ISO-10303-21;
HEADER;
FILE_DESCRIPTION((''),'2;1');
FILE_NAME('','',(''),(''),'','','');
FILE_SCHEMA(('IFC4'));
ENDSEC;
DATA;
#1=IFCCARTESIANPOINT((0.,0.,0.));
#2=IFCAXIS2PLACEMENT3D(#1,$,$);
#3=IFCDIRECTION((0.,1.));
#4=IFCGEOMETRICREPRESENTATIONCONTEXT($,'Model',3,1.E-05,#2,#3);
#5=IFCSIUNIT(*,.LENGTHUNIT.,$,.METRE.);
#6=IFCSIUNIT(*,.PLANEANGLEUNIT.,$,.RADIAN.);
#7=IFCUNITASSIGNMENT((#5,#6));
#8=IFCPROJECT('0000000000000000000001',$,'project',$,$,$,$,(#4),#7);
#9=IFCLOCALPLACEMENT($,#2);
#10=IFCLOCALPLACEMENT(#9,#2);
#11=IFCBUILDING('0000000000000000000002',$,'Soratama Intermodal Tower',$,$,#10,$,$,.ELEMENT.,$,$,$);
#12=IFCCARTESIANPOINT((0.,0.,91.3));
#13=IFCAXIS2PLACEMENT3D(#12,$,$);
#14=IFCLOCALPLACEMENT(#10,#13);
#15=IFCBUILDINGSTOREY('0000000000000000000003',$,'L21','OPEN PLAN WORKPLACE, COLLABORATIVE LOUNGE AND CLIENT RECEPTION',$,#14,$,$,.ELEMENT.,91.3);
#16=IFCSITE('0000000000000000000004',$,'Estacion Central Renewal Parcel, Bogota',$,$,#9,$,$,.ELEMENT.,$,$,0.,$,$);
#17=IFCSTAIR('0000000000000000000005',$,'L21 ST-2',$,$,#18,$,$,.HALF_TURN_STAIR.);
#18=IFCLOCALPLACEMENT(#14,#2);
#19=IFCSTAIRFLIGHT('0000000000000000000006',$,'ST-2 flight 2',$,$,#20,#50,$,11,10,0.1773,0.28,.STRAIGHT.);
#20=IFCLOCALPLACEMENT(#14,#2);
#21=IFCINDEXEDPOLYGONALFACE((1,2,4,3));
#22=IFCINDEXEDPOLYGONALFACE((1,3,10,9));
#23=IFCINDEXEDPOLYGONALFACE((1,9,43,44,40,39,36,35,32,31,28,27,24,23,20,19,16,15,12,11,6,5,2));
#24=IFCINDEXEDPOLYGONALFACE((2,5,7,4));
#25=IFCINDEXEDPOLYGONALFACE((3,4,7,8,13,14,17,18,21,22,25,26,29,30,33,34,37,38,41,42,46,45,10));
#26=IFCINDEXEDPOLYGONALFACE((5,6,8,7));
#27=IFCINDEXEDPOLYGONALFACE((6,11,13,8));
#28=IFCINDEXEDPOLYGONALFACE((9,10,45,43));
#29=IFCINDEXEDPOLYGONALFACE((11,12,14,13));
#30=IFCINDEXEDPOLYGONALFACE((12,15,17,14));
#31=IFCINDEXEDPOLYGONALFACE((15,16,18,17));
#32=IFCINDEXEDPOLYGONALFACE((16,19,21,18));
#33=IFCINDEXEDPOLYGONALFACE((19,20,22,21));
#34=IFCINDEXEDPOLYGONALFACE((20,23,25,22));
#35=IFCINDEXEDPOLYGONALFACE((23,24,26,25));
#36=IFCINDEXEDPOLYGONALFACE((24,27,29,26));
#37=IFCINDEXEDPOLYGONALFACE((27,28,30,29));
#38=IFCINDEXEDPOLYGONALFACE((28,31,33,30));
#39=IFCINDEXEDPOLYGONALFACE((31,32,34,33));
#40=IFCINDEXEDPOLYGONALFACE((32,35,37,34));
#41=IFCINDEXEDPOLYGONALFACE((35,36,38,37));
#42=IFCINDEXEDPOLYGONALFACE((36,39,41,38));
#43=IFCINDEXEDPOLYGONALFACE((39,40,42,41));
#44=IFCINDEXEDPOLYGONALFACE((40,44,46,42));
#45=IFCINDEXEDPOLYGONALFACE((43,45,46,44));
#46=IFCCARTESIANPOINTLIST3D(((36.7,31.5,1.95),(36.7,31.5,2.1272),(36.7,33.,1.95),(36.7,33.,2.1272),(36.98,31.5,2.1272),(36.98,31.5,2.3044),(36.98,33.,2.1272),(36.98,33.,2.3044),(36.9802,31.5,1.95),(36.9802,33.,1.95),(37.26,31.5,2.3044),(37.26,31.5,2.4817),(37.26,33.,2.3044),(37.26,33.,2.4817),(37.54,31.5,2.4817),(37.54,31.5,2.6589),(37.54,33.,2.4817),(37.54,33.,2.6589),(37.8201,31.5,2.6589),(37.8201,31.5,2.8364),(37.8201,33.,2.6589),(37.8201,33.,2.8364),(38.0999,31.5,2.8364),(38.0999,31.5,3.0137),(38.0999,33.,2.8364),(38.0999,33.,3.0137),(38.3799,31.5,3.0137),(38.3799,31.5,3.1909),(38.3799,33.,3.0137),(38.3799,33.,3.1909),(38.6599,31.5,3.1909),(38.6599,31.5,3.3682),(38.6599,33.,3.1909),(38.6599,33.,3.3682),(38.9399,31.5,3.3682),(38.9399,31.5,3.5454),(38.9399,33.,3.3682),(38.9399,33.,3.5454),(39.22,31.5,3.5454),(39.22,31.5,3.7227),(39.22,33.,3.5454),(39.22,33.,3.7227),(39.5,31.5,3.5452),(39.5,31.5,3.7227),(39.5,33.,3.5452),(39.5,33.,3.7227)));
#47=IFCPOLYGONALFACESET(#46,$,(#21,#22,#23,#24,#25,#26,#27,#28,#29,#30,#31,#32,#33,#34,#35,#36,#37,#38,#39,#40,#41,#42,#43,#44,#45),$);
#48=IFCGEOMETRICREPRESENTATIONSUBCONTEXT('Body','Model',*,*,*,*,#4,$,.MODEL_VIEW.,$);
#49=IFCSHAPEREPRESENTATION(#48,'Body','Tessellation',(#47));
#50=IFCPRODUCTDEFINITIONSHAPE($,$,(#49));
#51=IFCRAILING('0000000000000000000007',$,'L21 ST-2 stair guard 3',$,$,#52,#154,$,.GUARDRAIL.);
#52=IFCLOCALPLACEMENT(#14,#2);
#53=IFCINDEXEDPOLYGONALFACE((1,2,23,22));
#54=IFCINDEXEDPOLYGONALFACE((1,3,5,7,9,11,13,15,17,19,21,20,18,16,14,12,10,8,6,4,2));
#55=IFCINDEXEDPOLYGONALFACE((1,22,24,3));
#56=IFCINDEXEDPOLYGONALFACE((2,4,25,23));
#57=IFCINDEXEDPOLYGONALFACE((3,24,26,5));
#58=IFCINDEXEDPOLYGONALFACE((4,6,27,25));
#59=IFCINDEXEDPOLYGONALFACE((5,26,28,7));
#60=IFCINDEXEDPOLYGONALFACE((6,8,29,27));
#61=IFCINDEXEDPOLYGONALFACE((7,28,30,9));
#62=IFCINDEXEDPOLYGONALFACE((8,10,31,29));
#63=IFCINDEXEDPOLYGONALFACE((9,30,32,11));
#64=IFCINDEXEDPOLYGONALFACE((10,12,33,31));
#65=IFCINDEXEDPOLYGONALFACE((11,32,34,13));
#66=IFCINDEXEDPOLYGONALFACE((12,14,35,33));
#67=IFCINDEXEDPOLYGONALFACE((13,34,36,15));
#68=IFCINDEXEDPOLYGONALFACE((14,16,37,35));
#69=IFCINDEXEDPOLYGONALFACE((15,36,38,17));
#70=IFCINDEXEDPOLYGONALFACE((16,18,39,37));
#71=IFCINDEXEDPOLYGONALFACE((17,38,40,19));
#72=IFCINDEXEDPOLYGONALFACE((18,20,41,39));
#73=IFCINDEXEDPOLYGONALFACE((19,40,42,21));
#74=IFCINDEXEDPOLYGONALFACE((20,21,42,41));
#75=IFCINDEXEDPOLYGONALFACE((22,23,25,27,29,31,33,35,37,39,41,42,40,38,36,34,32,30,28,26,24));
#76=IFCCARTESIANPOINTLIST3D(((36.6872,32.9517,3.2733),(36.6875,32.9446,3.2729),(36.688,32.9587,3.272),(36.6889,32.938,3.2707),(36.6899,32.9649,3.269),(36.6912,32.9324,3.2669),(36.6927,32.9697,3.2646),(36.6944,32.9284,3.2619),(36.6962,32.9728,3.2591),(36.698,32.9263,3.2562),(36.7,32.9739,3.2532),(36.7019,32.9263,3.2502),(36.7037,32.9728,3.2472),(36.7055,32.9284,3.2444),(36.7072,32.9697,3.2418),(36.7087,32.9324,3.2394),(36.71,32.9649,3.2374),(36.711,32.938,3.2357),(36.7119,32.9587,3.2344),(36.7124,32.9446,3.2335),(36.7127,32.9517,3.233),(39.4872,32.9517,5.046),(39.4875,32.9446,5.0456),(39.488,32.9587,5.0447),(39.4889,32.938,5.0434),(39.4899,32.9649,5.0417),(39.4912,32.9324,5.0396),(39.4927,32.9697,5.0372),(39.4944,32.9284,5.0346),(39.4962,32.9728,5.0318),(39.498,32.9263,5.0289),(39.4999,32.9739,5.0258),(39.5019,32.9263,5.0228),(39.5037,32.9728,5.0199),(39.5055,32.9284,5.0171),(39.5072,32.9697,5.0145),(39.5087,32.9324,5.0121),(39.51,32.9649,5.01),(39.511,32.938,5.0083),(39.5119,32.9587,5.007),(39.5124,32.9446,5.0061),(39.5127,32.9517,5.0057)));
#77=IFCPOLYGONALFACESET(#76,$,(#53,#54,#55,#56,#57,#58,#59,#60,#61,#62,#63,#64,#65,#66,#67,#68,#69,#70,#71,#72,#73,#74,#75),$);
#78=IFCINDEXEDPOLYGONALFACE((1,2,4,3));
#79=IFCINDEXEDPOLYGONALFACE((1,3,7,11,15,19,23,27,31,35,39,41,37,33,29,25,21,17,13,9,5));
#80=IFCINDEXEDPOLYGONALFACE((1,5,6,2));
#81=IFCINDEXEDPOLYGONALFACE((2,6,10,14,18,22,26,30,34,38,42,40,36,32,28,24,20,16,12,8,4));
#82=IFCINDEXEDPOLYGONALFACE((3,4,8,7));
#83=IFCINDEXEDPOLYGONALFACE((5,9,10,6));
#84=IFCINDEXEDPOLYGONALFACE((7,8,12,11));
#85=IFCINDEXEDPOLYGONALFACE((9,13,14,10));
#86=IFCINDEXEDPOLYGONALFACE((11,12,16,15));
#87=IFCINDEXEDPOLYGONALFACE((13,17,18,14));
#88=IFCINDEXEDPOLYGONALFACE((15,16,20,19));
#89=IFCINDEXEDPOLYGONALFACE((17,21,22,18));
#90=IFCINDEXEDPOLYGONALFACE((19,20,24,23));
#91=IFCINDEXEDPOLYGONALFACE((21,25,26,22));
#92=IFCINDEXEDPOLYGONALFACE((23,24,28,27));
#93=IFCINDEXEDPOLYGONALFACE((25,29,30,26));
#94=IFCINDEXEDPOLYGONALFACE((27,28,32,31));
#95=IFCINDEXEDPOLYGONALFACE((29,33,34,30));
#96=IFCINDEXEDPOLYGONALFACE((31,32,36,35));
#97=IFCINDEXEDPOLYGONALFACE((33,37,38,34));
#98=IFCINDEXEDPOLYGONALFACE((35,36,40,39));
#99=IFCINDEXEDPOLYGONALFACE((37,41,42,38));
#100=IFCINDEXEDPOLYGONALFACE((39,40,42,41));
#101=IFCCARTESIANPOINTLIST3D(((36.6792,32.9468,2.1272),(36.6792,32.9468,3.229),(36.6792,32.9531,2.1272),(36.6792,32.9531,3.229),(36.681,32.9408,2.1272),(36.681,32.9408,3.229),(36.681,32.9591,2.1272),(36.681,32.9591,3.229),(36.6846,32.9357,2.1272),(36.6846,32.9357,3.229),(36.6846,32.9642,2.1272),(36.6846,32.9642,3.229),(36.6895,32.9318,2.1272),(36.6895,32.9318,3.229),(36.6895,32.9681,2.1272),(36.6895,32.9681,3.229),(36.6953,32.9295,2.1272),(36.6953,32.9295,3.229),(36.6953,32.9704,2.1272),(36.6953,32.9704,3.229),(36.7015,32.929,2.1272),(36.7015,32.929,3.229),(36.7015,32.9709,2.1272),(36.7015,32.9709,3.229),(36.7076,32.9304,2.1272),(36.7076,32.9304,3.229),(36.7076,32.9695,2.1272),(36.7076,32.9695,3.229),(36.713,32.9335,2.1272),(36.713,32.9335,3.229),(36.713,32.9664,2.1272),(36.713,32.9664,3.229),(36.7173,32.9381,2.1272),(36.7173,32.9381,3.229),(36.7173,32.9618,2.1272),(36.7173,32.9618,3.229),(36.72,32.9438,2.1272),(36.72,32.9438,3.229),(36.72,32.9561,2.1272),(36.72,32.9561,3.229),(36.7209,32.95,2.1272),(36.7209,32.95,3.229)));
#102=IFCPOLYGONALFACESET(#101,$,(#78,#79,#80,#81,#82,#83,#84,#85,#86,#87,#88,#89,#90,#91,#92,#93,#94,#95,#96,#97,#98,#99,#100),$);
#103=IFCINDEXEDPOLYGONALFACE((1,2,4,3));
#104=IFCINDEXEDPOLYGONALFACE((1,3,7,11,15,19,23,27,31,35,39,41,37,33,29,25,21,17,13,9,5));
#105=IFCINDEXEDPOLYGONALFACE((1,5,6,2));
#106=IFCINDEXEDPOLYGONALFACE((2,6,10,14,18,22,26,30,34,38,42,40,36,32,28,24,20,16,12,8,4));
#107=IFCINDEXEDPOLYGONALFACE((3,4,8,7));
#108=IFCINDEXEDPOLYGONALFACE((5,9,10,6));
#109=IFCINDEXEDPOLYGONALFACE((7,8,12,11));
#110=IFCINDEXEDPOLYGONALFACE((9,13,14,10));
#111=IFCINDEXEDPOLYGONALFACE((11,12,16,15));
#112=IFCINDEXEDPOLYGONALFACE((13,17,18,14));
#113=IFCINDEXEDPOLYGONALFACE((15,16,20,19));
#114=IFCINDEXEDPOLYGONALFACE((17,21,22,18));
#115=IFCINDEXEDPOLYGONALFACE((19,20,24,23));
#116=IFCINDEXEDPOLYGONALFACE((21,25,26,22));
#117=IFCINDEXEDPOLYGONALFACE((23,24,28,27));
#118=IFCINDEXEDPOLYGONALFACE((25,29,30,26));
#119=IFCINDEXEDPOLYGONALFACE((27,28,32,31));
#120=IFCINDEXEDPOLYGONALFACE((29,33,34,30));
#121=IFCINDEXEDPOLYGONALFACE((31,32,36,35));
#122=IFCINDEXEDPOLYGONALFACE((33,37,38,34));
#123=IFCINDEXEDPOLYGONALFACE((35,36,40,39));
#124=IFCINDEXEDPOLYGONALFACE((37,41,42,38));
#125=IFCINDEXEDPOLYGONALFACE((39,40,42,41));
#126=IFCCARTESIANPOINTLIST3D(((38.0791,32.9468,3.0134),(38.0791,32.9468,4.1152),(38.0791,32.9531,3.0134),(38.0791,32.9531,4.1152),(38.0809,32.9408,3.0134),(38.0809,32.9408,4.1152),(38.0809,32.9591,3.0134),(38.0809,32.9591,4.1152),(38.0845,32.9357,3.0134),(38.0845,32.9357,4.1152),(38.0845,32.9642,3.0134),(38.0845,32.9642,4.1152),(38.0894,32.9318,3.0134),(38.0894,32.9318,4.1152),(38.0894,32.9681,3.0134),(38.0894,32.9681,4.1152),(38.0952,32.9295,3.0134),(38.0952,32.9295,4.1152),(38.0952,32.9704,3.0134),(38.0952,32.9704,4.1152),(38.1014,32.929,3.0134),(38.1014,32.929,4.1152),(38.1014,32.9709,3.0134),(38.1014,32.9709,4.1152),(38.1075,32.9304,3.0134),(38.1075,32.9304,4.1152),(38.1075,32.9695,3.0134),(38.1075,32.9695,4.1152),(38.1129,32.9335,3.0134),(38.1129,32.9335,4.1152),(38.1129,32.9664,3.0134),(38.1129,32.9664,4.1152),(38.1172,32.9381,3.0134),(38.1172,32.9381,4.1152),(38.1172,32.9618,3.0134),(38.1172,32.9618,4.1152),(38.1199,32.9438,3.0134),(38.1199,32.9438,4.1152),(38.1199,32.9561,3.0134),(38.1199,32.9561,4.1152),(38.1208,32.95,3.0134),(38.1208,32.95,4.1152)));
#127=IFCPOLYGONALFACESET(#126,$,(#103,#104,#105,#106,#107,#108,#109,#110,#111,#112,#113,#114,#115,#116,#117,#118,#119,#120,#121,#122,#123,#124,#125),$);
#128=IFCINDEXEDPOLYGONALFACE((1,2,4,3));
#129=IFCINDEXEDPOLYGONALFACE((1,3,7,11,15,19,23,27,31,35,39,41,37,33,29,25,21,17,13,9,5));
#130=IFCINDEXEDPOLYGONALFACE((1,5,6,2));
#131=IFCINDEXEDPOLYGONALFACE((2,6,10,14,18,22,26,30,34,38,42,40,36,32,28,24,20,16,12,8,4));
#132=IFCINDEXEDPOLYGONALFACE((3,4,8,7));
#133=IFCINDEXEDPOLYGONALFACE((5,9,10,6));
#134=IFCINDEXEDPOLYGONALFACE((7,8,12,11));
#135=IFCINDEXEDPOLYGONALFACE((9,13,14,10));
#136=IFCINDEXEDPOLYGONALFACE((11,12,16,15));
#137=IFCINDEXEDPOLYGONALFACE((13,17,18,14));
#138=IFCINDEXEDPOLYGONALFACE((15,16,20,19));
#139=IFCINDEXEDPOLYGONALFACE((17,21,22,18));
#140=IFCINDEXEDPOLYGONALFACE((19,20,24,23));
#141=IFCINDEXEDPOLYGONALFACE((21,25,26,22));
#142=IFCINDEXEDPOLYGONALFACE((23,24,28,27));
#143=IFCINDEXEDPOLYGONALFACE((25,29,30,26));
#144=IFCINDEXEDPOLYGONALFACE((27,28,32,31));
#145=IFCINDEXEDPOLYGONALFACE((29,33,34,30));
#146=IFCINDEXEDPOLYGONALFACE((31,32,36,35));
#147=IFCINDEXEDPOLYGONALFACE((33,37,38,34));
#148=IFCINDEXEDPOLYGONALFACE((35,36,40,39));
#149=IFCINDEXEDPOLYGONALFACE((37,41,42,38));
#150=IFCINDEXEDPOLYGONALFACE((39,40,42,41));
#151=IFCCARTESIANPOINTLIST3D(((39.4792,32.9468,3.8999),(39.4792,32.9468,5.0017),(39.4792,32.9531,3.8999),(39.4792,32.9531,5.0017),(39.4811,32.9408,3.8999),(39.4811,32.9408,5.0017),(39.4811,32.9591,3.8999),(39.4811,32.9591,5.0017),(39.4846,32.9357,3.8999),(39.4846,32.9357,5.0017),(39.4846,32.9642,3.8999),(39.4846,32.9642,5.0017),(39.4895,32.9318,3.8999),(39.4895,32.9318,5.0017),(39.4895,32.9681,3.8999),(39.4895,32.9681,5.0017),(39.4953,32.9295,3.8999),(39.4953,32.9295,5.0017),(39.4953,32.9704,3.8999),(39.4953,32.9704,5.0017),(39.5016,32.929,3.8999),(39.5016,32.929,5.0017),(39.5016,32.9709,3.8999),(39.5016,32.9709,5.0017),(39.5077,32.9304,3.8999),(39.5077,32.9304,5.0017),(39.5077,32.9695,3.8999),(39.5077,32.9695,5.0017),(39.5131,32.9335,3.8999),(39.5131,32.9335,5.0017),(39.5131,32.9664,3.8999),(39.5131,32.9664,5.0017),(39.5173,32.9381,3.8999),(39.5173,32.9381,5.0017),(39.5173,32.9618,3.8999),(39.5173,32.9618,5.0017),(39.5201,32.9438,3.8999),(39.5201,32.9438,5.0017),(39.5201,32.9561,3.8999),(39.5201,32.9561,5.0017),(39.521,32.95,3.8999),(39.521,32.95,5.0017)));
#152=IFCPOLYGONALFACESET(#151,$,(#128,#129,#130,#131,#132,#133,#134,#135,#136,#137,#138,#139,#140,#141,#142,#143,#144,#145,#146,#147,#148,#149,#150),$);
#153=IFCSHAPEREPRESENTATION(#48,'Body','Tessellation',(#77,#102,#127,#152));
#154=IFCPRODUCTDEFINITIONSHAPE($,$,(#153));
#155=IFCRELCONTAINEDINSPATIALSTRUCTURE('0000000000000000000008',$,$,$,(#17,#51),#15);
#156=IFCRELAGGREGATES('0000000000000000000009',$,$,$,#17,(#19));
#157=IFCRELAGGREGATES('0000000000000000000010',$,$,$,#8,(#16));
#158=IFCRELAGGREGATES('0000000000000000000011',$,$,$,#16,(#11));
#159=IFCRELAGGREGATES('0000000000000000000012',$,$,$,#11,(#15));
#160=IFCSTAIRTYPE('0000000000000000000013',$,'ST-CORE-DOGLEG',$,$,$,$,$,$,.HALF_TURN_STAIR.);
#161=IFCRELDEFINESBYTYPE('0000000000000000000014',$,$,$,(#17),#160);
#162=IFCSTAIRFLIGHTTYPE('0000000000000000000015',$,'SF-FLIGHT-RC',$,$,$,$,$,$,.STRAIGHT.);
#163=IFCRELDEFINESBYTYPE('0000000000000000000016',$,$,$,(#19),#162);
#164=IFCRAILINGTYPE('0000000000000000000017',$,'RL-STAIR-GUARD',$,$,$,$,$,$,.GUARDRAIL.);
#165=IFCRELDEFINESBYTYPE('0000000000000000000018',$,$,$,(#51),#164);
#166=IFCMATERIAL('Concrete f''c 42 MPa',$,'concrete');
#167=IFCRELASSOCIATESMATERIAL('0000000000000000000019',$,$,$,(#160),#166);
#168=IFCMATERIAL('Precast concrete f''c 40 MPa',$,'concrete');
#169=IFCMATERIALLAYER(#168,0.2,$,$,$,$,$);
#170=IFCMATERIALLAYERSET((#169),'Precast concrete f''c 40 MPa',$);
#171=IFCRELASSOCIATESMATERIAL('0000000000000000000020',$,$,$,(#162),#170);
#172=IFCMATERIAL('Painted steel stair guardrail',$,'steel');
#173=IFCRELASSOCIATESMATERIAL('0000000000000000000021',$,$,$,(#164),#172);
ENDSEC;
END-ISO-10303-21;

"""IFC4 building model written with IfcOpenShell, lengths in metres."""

from ifc_helpers import new_model, si_unit, direction, frame, origin, origin_2d, place, context, subcontext, project, spatial, polyline, circle, outline, extrude, material, layer, layer_set, type_object, element, aggregate, save


model = new_model("IFC4")

# Units and contexts
model_context = context("Model", 3, precision=1e-05, world=origin(), true_north=direction((0.0, 1.0)))
body_context = subcontext(model_context, "Body", "Model", "MODEL_VIEW")
ifc_project = project(units=[si_unit("LENGTHUNIT", "METRE"), si_unit("PLANEANGLEUNIT", "RADIAN")], contexts=[model_context])

# Site, building, storey
site_placement = place(None, origin())
site = spatial("IfcSite", under=ifc_project, at=site_placement, Name="Estacion Central Renewal Parcel, Bogota", CompositionType="ELEMENT", RefElevation=0.0)
building_placement = place(site_placement, origin())
building = spatial("IfcBuilding", under=site, at=building_placement, Name="Soratama Intermodal Tower", CompositionType="ELEMENT")
storey_placement = place(building_placement, frame((0.0, 0.0, 91.3)))
storey = spatial("IfcBuildingStorey", under=building, at=storey_placement, Name="L21", Description="OPEN PLAN WORKPLACE, COLLABORATIVE LOUNGE AND CLIENT RECEPTION", CompositionType="ELEMENT", Elevation=91.3)

# Stair, stair flight
ifc_material_1 = material(Name="Concrete f'c 42 MPa", Category="concrete")
stair_type = type_object("IfcStairType", Name="ST-CORE-DOGLEG", PredefinedType="HALF_TURN_STAIR", material=ifc_material_1)
stair_placement = place(storey_placement, origin())
stair = element("IfcStair", 1, at=stair_placement, inside=storey, type_object=stair_type, Name="L21 ST-2", PredefinedType="HALF_TURN_STAIR")
ifc_material_2 = material(Name="Precast concrete f'c 40 MPa", Category="concrete")
ifc_layer_1 = layer(ifc_material_2, 0.2)
ifc_layer_set_1 = layer_set([ifc_layer_1], Name="Precast concrete f'c 40 MPa")
stair_flight_type = type_object("IfcStairFlightType", Name="SF-FLIGHT-RC", PredefinedType="STRAIGHT", material=ifc_layer_set_1)
stair_flight_placement = place(storey_placement, frame((36.7, 32.25, 1.95), z_axis=(0.0, 0.0, 1.0), x_axis=(1.0, 0.0, 0.0)))
stair_flight = element("IfcStairFlight", 2, at=stair_flight_placement, type_object=stair_flight_type, Name="ST-2 flight 2", NumberOfRisers=11, NumberOfTreads=10, PredefinedType="STRAIGHT", RiserHeight=0.1773, TreadLength=0.28, context=body_context, shape_type="SweptSolid", body=[
    extrude(outline(polyline([(0.0, 0.0), (0.0, 0.1772), (0.28, 0.1772), (0.28, 0.3545), (0.5601, 0.3545), (0.5601, 0.5317), (0.8401, 0.5317), (0.8401, 0.709), (1.1201, 0.709), (1.1201, 0.8865), (1.3999, 0.8865), (1.3999, 1.0637), (1.6799, 1.0637), (1.6799, 1.241), (1.96, 1.241), (1.96, 1.4182), (2.24, 1.4182), (2.24, 1.5955), (2.52, 1.5955), (2.52, 1.7727), (2.8, 1.7727), (2.8, 1.95), (2.8, 1.5952), (0.2803, 0.0), (0.0, 0.0)])), frame((0.0, 0.75, 0.0), z_axis=(0.0, -1.0, 0.0), x_axis=(1.0, 0.0, 0.0)), (0.0, 0.0, 1.0), 1.5),
])
aggregate(stair, [stair_flight])

# Railing
ifc_material_3 = material(Name="Painted steel stair guardrail", Category="steel")
railing_type_1 = type_object("IfcRailingType", Name="RL-STAIR-GUARD", PredefinedType="GUARDRAIL", material=ifc_material_3)
railing_1_placement = place(storey_placement, frame((36.7, 32.95, 2.1272)))
element("IfcRailing", 3, at=railing_1_placement, inside=storey, type_object=railing_type_1, Name="L21 ST-2 stair guard 3", PredefinedType="GUARDRAIL", context=body_context, shape_type="SweptSolid", body=[
    extrude(circle(Radius=0.0239, at=origin_2d()), frame((0.0, 0.0, 1.126), z_axis=(0.844909, 0.0, 0.53491), x_axis=(0.0, 1.0, 0.0)), (0.0, 0.0, 1.0), 3.314),
    extrude(circle(Radius=0.021, at=origin_2d()), origin(), (0.0, 0.0, 1.0), 1.1018),
    extrude(circle(Radius=0.021, at=origin_2d()), frame((1.3999, 0.0, 0.8862)), (0.0, 0.0, 1.0), 1.1018),
    extrude(circle(Radius=0.021, at=origin_2d()), frame((2.8, 0.0, 1.7727)), (0.0, 0.0, 1.0), 1.1018),
])

save(model, "model.ifc")
